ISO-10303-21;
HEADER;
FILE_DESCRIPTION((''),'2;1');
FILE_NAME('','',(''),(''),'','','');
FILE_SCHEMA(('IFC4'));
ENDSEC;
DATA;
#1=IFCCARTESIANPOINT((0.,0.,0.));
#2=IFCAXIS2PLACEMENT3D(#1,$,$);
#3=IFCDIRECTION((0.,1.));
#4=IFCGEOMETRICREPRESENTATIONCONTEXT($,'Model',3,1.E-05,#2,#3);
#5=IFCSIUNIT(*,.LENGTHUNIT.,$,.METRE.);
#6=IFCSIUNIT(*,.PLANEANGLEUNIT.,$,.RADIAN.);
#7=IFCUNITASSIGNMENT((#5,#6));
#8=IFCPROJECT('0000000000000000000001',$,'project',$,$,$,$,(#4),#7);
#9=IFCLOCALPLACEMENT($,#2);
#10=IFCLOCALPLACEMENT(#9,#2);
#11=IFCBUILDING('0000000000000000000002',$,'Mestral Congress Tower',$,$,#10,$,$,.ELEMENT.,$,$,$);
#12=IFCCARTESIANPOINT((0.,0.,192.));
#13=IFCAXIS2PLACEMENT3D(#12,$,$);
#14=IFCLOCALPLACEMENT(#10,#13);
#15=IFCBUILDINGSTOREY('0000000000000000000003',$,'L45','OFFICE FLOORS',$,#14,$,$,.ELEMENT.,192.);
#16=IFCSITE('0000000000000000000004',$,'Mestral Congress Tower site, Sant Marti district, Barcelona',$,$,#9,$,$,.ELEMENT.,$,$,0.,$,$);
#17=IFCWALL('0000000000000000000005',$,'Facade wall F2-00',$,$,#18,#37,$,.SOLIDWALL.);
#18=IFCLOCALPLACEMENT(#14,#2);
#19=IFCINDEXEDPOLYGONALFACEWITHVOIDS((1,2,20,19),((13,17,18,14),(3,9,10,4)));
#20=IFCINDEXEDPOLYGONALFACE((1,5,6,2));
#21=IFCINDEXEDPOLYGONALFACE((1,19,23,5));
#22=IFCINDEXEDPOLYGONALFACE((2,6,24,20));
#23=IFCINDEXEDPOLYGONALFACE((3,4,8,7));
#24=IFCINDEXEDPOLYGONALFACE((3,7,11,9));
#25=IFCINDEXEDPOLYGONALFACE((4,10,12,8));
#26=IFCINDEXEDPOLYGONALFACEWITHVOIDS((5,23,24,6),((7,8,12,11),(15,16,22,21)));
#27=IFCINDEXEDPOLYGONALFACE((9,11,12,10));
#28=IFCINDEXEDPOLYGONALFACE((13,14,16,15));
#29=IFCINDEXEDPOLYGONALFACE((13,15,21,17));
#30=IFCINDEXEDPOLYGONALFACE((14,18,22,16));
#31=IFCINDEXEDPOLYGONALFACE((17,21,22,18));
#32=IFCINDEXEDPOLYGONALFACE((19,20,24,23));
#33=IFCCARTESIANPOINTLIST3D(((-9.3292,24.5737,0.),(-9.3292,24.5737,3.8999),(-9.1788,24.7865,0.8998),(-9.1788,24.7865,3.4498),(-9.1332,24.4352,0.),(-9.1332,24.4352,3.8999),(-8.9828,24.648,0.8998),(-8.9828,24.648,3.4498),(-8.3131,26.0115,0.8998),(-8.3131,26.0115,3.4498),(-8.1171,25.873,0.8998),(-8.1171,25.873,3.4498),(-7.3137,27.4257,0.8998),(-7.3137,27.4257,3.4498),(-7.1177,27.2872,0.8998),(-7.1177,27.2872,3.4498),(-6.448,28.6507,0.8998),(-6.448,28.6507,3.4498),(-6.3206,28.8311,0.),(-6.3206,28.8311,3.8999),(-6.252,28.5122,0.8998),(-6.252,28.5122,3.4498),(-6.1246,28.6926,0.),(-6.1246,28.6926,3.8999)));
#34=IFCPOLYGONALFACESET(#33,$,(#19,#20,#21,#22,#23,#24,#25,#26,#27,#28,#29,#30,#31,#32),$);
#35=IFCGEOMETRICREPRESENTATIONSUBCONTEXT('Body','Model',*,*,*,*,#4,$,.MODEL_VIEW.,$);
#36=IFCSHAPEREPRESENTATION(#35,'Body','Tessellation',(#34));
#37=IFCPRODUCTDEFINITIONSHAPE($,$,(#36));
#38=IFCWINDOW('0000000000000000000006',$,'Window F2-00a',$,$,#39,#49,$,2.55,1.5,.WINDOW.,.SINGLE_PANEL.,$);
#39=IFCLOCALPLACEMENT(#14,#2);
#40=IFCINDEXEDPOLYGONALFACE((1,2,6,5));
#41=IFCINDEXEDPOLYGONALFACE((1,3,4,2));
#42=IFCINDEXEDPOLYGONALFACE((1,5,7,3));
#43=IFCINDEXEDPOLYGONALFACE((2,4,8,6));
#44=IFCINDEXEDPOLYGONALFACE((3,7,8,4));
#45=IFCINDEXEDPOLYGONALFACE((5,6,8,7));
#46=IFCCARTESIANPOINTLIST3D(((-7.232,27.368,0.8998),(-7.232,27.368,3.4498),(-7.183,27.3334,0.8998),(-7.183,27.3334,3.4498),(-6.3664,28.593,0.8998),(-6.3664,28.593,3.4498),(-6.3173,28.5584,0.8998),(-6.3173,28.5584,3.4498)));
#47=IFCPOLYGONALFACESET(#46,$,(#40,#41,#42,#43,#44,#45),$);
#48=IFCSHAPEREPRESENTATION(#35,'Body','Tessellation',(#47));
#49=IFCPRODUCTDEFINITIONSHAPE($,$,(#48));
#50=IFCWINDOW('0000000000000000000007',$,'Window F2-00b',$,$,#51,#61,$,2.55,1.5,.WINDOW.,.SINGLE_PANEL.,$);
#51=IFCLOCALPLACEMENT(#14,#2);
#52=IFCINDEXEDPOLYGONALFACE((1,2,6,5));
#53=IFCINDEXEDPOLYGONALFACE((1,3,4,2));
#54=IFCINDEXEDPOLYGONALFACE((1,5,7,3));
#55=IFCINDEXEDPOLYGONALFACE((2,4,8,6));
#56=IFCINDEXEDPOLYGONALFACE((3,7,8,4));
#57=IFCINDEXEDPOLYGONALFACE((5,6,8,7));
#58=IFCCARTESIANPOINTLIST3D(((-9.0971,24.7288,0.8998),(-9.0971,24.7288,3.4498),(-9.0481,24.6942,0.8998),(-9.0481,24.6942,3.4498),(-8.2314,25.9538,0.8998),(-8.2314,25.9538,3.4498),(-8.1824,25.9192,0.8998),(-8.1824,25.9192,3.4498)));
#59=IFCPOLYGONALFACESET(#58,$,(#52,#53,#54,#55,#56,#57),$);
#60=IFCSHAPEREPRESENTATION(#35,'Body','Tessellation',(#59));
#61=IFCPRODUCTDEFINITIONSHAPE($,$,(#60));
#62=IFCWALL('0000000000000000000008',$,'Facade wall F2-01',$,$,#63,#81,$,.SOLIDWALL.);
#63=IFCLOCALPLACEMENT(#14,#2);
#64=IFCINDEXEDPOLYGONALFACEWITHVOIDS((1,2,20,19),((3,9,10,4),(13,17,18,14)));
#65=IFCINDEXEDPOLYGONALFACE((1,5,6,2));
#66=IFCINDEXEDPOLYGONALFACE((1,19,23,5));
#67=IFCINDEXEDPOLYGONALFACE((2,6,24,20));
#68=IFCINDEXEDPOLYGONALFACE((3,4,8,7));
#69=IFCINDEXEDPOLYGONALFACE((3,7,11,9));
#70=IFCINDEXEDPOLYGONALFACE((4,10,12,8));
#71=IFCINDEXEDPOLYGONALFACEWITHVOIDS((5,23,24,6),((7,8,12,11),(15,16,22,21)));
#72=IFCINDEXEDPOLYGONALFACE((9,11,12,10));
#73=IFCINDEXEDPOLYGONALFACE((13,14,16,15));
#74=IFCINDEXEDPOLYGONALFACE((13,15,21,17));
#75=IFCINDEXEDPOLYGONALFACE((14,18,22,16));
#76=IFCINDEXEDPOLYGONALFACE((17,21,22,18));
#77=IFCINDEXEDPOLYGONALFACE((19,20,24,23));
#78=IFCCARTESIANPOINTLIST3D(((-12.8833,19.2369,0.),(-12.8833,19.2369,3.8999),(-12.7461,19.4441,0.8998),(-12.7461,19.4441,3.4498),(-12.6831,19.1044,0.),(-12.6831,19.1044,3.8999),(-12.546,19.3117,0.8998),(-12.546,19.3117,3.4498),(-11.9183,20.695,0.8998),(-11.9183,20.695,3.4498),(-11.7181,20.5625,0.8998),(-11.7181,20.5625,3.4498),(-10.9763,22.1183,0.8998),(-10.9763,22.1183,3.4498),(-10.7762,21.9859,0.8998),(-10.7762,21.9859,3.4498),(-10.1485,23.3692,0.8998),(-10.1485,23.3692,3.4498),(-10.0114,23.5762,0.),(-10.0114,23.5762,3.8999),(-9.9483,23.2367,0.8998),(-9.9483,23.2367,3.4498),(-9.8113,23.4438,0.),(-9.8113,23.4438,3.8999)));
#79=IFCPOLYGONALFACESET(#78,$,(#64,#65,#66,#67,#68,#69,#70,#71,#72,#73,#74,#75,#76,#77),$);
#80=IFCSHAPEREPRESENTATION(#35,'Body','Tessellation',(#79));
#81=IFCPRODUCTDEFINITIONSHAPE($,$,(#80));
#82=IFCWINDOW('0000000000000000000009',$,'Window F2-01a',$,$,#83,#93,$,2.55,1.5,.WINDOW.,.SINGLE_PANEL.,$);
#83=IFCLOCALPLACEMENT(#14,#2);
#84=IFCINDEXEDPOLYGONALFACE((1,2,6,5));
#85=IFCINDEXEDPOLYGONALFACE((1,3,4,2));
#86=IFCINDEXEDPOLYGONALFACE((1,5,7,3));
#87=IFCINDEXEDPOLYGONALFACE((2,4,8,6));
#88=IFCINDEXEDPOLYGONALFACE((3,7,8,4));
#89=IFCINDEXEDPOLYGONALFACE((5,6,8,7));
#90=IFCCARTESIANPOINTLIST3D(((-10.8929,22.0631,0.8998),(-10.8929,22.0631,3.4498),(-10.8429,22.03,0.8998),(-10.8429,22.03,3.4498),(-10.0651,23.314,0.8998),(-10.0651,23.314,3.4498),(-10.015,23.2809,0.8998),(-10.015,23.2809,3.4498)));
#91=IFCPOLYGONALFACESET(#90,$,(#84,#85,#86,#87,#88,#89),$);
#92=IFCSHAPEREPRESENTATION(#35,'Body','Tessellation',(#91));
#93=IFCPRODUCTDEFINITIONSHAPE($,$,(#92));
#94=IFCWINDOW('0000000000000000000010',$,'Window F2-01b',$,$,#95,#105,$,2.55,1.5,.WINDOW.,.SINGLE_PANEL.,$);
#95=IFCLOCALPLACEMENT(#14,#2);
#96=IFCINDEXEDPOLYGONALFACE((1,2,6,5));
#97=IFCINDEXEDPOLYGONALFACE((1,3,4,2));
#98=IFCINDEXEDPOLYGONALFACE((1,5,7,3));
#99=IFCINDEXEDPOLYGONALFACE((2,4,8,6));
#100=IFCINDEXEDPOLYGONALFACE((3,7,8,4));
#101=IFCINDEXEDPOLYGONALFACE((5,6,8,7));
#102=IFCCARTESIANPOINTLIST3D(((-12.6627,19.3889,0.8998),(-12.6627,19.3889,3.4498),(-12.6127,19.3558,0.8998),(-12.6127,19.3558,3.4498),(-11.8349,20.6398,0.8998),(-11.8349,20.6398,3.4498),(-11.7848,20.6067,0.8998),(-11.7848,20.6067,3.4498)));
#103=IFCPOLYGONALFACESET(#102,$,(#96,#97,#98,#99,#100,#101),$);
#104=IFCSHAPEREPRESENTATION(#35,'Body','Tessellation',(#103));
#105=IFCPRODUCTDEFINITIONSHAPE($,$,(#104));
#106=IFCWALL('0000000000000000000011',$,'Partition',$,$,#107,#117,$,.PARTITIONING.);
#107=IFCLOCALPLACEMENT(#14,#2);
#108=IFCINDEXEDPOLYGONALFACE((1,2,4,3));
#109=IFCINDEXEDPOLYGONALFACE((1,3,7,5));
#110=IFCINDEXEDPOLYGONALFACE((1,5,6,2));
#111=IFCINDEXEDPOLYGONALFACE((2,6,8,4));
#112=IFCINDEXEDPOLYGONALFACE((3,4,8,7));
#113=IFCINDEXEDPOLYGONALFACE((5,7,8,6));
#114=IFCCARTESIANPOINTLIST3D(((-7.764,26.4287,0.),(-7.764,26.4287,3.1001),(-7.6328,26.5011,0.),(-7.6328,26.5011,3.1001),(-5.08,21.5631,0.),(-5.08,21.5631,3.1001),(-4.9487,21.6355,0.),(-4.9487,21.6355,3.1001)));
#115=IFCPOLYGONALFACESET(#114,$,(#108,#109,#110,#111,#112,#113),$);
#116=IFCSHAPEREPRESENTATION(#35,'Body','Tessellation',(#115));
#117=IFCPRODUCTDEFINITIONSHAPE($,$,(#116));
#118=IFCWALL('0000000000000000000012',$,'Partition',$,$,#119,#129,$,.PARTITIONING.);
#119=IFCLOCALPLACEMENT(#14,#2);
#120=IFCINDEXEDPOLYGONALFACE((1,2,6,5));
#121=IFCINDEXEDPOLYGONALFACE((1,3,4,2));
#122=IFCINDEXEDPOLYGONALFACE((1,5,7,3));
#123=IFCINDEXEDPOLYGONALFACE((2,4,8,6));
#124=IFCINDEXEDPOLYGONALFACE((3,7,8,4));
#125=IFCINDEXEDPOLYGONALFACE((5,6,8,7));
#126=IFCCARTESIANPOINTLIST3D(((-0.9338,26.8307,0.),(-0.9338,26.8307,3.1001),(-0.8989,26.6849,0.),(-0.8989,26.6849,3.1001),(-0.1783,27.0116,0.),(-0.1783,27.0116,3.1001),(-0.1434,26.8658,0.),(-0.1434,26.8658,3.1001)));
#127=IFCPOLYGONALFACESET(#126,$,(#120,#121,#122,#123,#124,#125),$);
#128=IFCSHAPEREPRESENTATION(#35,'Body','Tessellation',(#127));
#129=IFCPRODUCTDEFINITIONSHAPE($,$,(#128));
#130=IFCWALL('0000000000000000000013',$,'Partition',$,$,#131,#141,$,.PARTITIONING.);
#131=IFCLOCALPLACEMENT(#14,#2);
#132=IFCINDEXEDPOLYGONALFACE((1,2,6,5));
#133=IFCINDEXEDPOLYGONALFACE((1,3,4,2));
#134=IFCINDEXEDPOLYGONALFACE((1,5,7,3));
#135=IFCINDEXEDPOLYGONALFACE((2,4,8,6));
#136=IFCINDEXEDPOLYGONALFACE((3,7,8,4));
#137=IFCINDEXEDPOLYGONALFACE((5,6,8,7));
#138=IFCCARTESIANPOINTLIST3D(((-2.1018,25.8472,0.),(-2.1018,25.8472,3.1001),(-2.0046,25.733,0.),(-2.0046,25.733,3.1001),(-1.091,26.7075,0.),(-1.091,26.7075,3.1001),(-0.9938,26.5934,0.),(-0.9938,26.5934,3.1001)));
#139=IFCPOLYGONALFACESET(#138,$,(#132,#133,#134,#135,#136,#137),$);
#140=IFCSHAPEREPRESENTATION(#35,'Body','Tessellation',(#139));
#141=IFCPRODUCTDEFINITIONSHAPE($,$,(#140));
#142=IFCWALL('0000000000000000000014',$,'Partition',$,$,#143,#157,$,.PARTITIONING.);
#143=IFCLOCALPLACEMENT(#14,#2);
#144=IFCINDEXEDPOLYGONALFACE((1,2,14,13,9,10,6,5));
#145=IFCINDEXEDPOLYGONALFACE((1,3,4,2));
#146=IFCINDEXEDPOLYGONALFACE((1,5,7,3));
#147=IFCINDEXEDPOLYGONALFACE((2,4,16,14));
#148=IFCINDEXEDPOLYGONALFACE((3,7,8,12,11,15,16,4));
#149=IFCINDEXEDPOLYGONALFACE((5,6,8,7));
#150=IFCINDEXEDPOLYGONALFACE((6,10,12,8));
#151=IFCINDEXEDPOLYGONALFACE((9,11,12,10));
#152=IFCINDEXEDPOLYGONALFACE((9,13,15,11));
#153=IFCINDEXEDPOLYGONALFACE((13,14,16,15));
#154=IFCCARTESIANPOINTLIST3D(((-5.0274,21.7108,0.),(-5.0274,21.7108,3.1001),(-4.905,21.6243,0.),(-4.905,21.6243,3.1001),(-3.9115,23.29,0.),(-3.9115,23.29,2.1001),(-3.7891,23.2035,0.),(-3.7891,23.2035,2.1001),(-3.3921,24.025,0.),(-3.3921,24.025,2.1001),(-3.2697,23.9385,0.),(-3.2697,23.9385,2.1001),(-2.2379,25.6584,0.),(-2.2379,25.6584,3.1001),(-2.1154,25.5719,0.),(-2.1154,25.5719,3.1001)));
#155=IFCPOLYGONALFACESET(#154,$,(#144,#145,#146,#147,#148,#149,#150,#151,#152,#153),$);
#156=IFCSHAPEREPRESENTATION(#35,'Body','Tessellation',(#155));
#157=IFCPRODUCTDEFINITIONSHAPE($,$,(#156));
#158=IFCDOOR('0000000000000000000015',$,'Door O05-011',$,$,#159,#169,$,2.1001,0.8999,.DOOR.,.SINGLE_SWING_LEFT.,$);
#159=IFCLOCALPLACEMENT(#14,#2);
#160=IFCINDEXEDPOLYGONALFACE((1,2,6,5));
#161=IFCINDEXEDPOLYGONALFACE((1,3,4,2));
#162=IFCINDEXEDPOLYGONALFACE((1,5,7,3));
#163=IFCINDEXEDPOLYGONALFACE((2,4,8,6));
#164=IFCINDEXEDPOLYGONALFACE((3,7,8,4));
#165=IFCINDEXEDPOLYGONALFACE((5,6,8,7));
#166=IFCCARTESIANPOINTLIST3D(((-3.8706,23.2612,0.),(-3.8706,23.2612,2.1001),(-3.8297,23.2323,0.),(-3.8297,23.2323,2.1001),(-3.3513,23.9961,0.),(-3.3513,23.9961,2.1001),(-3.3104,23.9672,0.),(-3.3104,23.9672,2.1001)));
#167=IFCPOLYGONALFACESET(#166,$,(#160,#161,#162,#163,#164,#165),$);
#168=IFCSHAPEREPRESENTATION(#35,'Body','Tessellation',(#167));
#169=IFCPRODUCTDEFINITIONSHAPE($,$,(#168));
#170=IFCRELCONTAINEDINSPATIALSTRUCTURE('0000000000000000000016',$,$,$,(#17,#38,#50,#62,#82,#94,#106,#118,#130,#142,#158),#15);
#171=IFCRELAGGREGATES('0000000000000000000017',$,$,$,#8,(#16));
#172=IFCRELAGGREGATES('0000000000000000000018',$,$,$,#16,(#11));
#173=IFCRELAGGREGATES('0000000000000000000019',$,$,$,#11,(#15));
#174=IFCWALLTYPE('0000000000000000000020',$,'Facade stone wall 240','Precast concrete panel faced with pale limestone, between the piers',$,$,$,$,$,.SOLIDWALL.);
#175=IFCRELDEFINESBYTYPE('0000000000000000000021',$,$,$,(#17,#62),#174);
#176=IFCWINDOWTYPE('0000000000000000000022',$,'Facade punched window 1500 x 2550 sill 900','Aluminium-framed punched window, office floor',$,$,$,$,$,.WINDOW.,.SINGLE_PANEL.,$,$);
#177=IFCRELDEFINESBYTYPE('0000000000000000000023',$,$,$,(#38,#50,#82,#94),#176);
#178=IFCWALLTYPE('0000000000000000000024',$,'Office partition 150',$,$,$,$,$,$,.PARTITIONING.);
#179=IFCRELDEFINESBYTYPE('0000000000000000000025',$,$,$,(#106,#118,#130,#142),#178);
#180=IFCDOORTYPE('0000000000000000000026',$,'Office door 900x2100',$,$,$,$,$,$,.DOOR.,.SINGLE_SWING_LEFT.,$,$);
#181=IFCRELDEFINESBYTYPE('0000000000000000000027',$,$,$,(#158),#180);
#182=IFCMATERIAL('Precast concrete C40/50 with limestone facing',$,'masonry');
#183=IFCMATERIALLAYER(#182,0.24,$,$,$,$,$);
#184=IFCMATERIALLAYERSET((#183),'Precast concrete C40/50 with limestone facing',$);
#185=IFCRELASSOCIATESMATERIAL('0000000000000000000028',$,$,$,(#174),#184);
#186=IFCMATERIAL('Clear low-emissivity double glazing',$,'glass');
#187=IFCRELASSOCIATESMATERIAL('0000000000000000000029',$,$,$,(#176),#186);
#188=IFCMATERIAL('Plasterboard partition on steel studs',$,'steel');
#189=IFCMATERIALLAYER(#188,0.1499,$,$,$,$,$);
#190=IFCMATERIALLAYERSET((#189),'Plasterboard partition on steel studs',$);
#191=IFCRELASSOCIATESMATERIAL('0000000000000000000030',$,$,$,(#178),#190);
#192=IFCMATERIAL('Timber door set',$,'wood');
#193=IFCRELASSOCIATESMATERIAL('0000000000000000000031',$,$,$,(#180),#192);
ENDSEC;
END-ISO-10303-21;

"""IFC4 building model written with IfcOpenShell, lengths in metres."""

from ifc_helpers import new_model, si_unit, direction, frame, frame_2d, origin, place, context, subcontext, project, spatial, rectangle, extrude, material, layer, layer_set, type_object, element, fill, save


model = new_model("IFC4")

# Units and contexts
model_context = context("Model", 3, precision=1e-05, world=origin(), true_north=direction((0.0, 1.0)))
body_context = subcontext(model_context, "Body", "Model", "MODEL_VIEW")
ifc_project = project(units=[si_unit("LENGTHUNIT", "METRE"), si_unit("PLANEANGLEUNIT", "RADIAN")], contexts=[model_context])

# Site, building, storey
site_placement = place(None, origin())
site = spatial("IfcSite", under=ifc_project, at=site_placement, Name="Mestral Congress Tower site, Sant Marti district, Barcelona", CompositionType="ELEMENT", RefElevation=0.0)
building_placement = place(site_placement, origin())
building = spatial("IfcBuilding", under=site, at=building_placement, Name="Mestral Congress Tower", CompositionType="ELEMENT")
storey_placement = place(building_placement, frame((0.0, 0.0, 192.0)))
storey = spatial("IfcBuildingStorey", under=building, at=storey_placement, Name="L45", Description="OFFICE FLOORS", CompositionType="ELEMENT", Elevation=192.0)

# Shared definitions
ifc_material_1 = material(Name="Precast concrete C40/50 with limestone facing", Category="masonry")
ifc_layer_1 = layer(ifc_material_1, 0.24)
ifc_layer_set_1 = layer_set([ifc_layer_1], Name="Precast concrete C40/50 with limestone facing")
wall_type_1 = type_object("IfcWallType", Name="Facade stone wall 240", Description="Precast concrete panel faced with pale limestone, between the piers", PredefinedType="SOLIDWALL", material=ifc_layer_set_1)
ifc_material_2 = material(Name="Clear low-emissivity double glazing", Category="glass")

# Walls, openings, windows
wall_1_placement = place(storey_placement, frame((-6.2227, 28.7617, 0.0), z_axis=(0.0, 0.0, 1.0), x_axis=(-0.577115, -0.816663, 0.0)))
wall_1 = element("IfcWall", 1, at=wall_1_placement, inside=storey, type_object=wall_type_1, Name="Facade wall F2-00", PredefinedType="SOLIDWALL", context=body_context, shape_type="SweptSolid", body=[
    extrude(rectangle(XDim=5.2131, YDim=0.24, at=frame_2d((2.6064, 0.0))), origin(), (0.0, 0.0, 1.0), 3.8999),
])
opening_1_placement = place(wall_1_placement, frame((0.2207, 0.0, 0.8999)))
opening_1 = element("IfcOpeningElement", 2, at=opening_1_placement, cuts=wall_1, PredefinedType="OPENING", context=body_context, shape_type="SweptSolid", body=[
    extrude(rectangle(XDim=1.5, YDim=2.55, at=frame_2d((0.75, 1.2749))), frame((0.0, 0.1299, 0.0), z_axis=(0.0, -1.0, 0.0), x_axis=(1.0, 0.0, 0.0)), (0.0, 0.0, 1.0), 0.26),
])
opening_2_placement = place(wall_1_placement, frame((3.4524, 0.0, 0.8999)))
opening_2 = element("IfcOpeningElement", 3, at=opening_2_placement, cuts=wall_1, PredefinedType="OPENING", context=body_context, shape_type="SweptSolid", body=[
    extrude(rectangle(XDim=1.5, YDim=2.55, at=frame_2d((0.75, 1.2749))), frame((0.0, 0.1299, 0.0), z_axis=(0.0, -1.0, 0.0), x_axis=(1.0, 0.0, 0.0)), (0.0, 0.0, 1.0), 0.26),
])
window_type_1 = type_object("IfcWindowType", Name="Facade punched window 1500 x 2550 sill 900", Description="Aluminium-framed punched window, office floor", PartitioningType="SINGLE_PANEL", PredefinedType="WINDOW", material=ifc_material_2)
window_1_placement = place(opening_1_placement, origin())
window_1 = element("IfcWindow", 4, at=window_1_placement, inside=storey, type_object=window_type_1, Name="Window F2-00a", OverallHeight=2.55, OverallWidth=1.5, PartitioningType="SINGLE_PANEL", PredefinedType="WINDOW", context=body_context, shape_type="SweptSolid", body=[
    extrude(rectangle(XDim=1.5, YDim=2.55, at=frame_2d((0.75, 1.2749))), frame((0.0, 0.04, 0.0), z_axis=(0.0, -1.0, 0.0), x_axis=(1.0, 0.0, 0.0)), (0.0, 0.0, 1.0), 0.0601),
])
fill(opening_1, window_1)
window_2_placement = place(opening_2_placement, origin())
window_2 = element("IfcWindow", 5, at=window_2_placement, inside=storey, type_object=window_type_1, Name="Window F2-00b", OverallHeight=2.55, OverallWidth=1.5, PartitioningType="SINGLE_PANEL", PredefinedType="WINDOW", context=body_context, shape_type="SweptSolid", body=[
    extrude(rectangle(XDim=1.5, YDim=2.55, at=frame_2d((0.75, 1.2749))), frame((0.0, 0.04, 0.0), z_axis=(0.0, -1.0, 0.0), x_axis=(1.0, 0.0, 0.0)), (0.0, 0.0, 1.0), 0.0601),
])
fill(opening_2, window_2)
wall_2_placement = place(storey_placement, frame((-9.9114, 23.51, 0.0), z_axis=(0.0, 0.0, 1.0), x_axis=(-0.551893, -0.833915, 0.0)))
wall_2 = element("IfcWall", 6, at=wall_2_placement, inside=storey, type_object=wall_type_1, Name="Facade wall F2-01", PredefinedType="SOLIDWALL", context=body_context, shape_type="SweptSolid", body=[
    extrude(rectangle(XDim=5.2036, YDim=0.24, at=frame_2d((2.6018, 0.0))), origin(), (0.0, 0.0, 1.0), 3.8999),
])
opening_3_placement = place(wall_2_placement, frame((0.2483, 0.0, 0.8999)))
opening_3 = element("IfcOpeningElement", 7, at=opening_3_placement, cuts=wall_2, PredefinedType="OPENING", context=body_context, shape_type="SweptSolid", body=[
    extrude(rectangle(XDim=1.5, YDim=2.55, at=frame_2d((0.75, 1.2749))), frame((0.0, 0.1299, 0.0), z_axis=(0.0, -1.0, 0.0), x_axis=(1.0, 0.0, 0.0)), (0.0, 0.0, 1.0), 0.26),
])
opening_4_placement = place(wall_2_placement, frame((3.4551, 0.0, 0.8999)))
opening_4 = element("IfcOpeningElement", 8, at=opening_4_placement, cuts=wall_2, PredefinedType="OPENING", context=body_context, shape_type="SweptSolid", body=[
    extrude(rectangle(XDim=1.5, YDim=2.55, at=frame_2d((0.75, 1.2749))), frame((0.0, 0.1299, 0.0), z_axis=(0.0, -1.0, 0.0), x_axis=(1.0, 0.0, 0.0)), (0.0, 0.0, 1.0), 0.26),
])
window_3_placement = place(opening_3_placement, origin())
window_3 = element("IfcWindow", 9, at=window_3_placement, inside=storey, type_object=window_type_1, Name="Window F2-01a", OverallHeight=2.55, OverallWidth=1.5, PartitioningType="SINGLE_PANEL", PredefinedType="WINDOW", context=body_context, shape_type="SweptSolid", body=[
    extrude(rectangle(XDim=1.5, YDim=2.55, at=frame_2d((0.75, 1.2749))), frame((0.0, 0.04, 0.0), z_axis=(0.0, -1.0, 0.0), x_axis=(1.0, 0.0, 0.0)), (0.0, 0.0, 1.0), 0.0601),
])
fill(opening_3, window_3)
window_4_placement = place(opening_4_placement, origin())
window_4 = element("IfcWindow", 10, at=window_4_placement, inside=storey, type_object=window_type_1, Name="Window F2-01b", OverallHeight=2.55, OverallWidth=1.5, PartitioningType="SINGLE_PANEL", PredefinedType="WINDOW", context=body_context, shape_type="SweptSolid", body=[
    extrude(rectangle(XDim=1.5, YDim=2.55, at=frame_2d((0.75, 1.2749))), frame((0.0, 0.04, 0.0), z_axis=(0.0, -1.0, 0.0), x_axis=(1.0, 0.0, 0.0)), (0.0, 0.0, 1.0), 0.0601),
])
fill(opening_4, window_4)

# Walls
ifc_material_3 = material(Name="Plasterboard partition on steel studs", Category="steel")
ifc_layer_2 = layer(ifc_material_3, 0.1499)
ifc_layer_set_2 = layer_set([ifc_layer_2], Name="Plasterboard partition on steel studs")
wall_type_2 = type_object("IfcWallType", Name="Office partition 150", PredefinedType="PARTITIONING", material=ifc_layer_set_2)
wall_3_placement = place(storey_placement, frame((-5.0144, 21.5994, 0.0), z_axis=(0.0, 0.0, 1.0), x_axis=(-0.483015, 0.875612, 0.0)))
element("IfcWall", 11, at=wall_3_placement, inside=storey, type_object=wall_type_2, Name="Partition", PredefinedType="PARTITIONING", context=body_context, shape_type="SweptSolid", body=[
    extrude(rectangle(XDim=5.5569, YDim=0.1499, at=frame_2d((2.7783, 0.0))), origin(), (0.0, 0.0, 1.0), 3.1001),
])
wall_4_placement = place(storey_placement, frame((-0.1609, 26.9387, 0.0), z_axis=(0.0, 0.0, 1.0), x_axis=(-0.972516, -0.232838, 0.0)))
element("IfcWall", 12, at=wall_4_placement, inside=storey, type_object=wall_type_2, Name="Partition", PredefinedType="PARTITIONING", context=body_context, shape_type="SweptSolid", body=[
    extrude(rectangle(XDim=0.7769, YDim=0.1499, at=frame_2d((0.3884, 0.0))), origin(), (0.0, 0.0, 1.0), 3.1001),
])
wall_5_placement = place(storey_placement, frame((-1.0425, 26.6504, 0.0), z_axis=(0.0, 0.0, 1.0), x_axis=(-0.761485, -0.648182, 0.0)))
element("IfcWall", 13, at=wall_5_placement, inside=storey, type_object=wall_type_2, Name="Partition", PredefinedType="PARTITIONING", context=body_context, shape_type="SweptSolid", body=[
    extrude(rectangle(XDim=1.3274, YDim=0.1499, at=frame_2d((0.6636, 0.0))), origin(), (0.0, 0.0, 1.0), 3.1001),
])

# Wall, opening, door
wall_6_placement = place(storey_placement, frame((-4.9663, 21.6675, 0.0), z_axis=(0.0, 0.0, 1.0), x_axis=(0.577107, 0.816668, 0.0)))
wall_6 = element("IfcWall", 14, at=wall_6_placement, inside=storey, type_object=wall_type_2, Name="Partition", PredefinedType="PARTITIONING", context=body_context, shape_type="SweptSolid", body=[
    extrude(rectangle(XDim=4.8337, YDim=0.1499, at=frame_2d((2.417, 0.0))), origin(), (0.0, 0.0, 1.0), 3.1001),
])
opening_5_placement = place(wall_6_placement, frame((1.9338, 0.0, 0.0)))
opening_5 = element("IfcOpeningElement", 15, at=opening_5_placement, cuts=wall_6, PredefinedType="OPENING", context=body_context, shape_type="SweptSolid", body=[
    extrude(rectangle(XDim=0.8999, YDim=2.1001, at=frame_2d((0.45, 1.05))), frame((0.0, 0.085, 0.0), z_axis=(0.0, -1.0, 0.0), x_axis=(1.0, 0.0, 0.0)), (0.0, 0.0, 1.0), 0.1699),
])
ifc_material_4 = material(Name="Timber door set", Category="wood")
door_type = type_object("IfcDoorType", Name="Office door 900x2100", OperationType="SINGLE_SWING_LEFT", PredefinedType="DOOR", material=ifc_material_4)
door_placement = place(opening_5_placement, origin())
door = element("IfcDoor", 16, at=door_placement, inside=storey, type_object=door_type, Name="Door O05-011", OperationType="SINGLE_SWING_LEFT", OverallHeight=2.1001, OverallWidth=0.8999, PredefinedType="DOOR", context=body_context, shape_type="SweptSolid", body=[
    extrude(rectangle(XDim=0.8999, YDim=2.1001, at=frame_2d((0.45, 1.05))), frame((0.0, 0.0249, 0.0), z_axis=(0.0, -1.0, 0.0), x_axis=(1.0, 0.0, 0.0)), (0.0, 0.0, 1.0), 0.05),
])
fill(opening_5, door)

save(model, "model.ifc")
